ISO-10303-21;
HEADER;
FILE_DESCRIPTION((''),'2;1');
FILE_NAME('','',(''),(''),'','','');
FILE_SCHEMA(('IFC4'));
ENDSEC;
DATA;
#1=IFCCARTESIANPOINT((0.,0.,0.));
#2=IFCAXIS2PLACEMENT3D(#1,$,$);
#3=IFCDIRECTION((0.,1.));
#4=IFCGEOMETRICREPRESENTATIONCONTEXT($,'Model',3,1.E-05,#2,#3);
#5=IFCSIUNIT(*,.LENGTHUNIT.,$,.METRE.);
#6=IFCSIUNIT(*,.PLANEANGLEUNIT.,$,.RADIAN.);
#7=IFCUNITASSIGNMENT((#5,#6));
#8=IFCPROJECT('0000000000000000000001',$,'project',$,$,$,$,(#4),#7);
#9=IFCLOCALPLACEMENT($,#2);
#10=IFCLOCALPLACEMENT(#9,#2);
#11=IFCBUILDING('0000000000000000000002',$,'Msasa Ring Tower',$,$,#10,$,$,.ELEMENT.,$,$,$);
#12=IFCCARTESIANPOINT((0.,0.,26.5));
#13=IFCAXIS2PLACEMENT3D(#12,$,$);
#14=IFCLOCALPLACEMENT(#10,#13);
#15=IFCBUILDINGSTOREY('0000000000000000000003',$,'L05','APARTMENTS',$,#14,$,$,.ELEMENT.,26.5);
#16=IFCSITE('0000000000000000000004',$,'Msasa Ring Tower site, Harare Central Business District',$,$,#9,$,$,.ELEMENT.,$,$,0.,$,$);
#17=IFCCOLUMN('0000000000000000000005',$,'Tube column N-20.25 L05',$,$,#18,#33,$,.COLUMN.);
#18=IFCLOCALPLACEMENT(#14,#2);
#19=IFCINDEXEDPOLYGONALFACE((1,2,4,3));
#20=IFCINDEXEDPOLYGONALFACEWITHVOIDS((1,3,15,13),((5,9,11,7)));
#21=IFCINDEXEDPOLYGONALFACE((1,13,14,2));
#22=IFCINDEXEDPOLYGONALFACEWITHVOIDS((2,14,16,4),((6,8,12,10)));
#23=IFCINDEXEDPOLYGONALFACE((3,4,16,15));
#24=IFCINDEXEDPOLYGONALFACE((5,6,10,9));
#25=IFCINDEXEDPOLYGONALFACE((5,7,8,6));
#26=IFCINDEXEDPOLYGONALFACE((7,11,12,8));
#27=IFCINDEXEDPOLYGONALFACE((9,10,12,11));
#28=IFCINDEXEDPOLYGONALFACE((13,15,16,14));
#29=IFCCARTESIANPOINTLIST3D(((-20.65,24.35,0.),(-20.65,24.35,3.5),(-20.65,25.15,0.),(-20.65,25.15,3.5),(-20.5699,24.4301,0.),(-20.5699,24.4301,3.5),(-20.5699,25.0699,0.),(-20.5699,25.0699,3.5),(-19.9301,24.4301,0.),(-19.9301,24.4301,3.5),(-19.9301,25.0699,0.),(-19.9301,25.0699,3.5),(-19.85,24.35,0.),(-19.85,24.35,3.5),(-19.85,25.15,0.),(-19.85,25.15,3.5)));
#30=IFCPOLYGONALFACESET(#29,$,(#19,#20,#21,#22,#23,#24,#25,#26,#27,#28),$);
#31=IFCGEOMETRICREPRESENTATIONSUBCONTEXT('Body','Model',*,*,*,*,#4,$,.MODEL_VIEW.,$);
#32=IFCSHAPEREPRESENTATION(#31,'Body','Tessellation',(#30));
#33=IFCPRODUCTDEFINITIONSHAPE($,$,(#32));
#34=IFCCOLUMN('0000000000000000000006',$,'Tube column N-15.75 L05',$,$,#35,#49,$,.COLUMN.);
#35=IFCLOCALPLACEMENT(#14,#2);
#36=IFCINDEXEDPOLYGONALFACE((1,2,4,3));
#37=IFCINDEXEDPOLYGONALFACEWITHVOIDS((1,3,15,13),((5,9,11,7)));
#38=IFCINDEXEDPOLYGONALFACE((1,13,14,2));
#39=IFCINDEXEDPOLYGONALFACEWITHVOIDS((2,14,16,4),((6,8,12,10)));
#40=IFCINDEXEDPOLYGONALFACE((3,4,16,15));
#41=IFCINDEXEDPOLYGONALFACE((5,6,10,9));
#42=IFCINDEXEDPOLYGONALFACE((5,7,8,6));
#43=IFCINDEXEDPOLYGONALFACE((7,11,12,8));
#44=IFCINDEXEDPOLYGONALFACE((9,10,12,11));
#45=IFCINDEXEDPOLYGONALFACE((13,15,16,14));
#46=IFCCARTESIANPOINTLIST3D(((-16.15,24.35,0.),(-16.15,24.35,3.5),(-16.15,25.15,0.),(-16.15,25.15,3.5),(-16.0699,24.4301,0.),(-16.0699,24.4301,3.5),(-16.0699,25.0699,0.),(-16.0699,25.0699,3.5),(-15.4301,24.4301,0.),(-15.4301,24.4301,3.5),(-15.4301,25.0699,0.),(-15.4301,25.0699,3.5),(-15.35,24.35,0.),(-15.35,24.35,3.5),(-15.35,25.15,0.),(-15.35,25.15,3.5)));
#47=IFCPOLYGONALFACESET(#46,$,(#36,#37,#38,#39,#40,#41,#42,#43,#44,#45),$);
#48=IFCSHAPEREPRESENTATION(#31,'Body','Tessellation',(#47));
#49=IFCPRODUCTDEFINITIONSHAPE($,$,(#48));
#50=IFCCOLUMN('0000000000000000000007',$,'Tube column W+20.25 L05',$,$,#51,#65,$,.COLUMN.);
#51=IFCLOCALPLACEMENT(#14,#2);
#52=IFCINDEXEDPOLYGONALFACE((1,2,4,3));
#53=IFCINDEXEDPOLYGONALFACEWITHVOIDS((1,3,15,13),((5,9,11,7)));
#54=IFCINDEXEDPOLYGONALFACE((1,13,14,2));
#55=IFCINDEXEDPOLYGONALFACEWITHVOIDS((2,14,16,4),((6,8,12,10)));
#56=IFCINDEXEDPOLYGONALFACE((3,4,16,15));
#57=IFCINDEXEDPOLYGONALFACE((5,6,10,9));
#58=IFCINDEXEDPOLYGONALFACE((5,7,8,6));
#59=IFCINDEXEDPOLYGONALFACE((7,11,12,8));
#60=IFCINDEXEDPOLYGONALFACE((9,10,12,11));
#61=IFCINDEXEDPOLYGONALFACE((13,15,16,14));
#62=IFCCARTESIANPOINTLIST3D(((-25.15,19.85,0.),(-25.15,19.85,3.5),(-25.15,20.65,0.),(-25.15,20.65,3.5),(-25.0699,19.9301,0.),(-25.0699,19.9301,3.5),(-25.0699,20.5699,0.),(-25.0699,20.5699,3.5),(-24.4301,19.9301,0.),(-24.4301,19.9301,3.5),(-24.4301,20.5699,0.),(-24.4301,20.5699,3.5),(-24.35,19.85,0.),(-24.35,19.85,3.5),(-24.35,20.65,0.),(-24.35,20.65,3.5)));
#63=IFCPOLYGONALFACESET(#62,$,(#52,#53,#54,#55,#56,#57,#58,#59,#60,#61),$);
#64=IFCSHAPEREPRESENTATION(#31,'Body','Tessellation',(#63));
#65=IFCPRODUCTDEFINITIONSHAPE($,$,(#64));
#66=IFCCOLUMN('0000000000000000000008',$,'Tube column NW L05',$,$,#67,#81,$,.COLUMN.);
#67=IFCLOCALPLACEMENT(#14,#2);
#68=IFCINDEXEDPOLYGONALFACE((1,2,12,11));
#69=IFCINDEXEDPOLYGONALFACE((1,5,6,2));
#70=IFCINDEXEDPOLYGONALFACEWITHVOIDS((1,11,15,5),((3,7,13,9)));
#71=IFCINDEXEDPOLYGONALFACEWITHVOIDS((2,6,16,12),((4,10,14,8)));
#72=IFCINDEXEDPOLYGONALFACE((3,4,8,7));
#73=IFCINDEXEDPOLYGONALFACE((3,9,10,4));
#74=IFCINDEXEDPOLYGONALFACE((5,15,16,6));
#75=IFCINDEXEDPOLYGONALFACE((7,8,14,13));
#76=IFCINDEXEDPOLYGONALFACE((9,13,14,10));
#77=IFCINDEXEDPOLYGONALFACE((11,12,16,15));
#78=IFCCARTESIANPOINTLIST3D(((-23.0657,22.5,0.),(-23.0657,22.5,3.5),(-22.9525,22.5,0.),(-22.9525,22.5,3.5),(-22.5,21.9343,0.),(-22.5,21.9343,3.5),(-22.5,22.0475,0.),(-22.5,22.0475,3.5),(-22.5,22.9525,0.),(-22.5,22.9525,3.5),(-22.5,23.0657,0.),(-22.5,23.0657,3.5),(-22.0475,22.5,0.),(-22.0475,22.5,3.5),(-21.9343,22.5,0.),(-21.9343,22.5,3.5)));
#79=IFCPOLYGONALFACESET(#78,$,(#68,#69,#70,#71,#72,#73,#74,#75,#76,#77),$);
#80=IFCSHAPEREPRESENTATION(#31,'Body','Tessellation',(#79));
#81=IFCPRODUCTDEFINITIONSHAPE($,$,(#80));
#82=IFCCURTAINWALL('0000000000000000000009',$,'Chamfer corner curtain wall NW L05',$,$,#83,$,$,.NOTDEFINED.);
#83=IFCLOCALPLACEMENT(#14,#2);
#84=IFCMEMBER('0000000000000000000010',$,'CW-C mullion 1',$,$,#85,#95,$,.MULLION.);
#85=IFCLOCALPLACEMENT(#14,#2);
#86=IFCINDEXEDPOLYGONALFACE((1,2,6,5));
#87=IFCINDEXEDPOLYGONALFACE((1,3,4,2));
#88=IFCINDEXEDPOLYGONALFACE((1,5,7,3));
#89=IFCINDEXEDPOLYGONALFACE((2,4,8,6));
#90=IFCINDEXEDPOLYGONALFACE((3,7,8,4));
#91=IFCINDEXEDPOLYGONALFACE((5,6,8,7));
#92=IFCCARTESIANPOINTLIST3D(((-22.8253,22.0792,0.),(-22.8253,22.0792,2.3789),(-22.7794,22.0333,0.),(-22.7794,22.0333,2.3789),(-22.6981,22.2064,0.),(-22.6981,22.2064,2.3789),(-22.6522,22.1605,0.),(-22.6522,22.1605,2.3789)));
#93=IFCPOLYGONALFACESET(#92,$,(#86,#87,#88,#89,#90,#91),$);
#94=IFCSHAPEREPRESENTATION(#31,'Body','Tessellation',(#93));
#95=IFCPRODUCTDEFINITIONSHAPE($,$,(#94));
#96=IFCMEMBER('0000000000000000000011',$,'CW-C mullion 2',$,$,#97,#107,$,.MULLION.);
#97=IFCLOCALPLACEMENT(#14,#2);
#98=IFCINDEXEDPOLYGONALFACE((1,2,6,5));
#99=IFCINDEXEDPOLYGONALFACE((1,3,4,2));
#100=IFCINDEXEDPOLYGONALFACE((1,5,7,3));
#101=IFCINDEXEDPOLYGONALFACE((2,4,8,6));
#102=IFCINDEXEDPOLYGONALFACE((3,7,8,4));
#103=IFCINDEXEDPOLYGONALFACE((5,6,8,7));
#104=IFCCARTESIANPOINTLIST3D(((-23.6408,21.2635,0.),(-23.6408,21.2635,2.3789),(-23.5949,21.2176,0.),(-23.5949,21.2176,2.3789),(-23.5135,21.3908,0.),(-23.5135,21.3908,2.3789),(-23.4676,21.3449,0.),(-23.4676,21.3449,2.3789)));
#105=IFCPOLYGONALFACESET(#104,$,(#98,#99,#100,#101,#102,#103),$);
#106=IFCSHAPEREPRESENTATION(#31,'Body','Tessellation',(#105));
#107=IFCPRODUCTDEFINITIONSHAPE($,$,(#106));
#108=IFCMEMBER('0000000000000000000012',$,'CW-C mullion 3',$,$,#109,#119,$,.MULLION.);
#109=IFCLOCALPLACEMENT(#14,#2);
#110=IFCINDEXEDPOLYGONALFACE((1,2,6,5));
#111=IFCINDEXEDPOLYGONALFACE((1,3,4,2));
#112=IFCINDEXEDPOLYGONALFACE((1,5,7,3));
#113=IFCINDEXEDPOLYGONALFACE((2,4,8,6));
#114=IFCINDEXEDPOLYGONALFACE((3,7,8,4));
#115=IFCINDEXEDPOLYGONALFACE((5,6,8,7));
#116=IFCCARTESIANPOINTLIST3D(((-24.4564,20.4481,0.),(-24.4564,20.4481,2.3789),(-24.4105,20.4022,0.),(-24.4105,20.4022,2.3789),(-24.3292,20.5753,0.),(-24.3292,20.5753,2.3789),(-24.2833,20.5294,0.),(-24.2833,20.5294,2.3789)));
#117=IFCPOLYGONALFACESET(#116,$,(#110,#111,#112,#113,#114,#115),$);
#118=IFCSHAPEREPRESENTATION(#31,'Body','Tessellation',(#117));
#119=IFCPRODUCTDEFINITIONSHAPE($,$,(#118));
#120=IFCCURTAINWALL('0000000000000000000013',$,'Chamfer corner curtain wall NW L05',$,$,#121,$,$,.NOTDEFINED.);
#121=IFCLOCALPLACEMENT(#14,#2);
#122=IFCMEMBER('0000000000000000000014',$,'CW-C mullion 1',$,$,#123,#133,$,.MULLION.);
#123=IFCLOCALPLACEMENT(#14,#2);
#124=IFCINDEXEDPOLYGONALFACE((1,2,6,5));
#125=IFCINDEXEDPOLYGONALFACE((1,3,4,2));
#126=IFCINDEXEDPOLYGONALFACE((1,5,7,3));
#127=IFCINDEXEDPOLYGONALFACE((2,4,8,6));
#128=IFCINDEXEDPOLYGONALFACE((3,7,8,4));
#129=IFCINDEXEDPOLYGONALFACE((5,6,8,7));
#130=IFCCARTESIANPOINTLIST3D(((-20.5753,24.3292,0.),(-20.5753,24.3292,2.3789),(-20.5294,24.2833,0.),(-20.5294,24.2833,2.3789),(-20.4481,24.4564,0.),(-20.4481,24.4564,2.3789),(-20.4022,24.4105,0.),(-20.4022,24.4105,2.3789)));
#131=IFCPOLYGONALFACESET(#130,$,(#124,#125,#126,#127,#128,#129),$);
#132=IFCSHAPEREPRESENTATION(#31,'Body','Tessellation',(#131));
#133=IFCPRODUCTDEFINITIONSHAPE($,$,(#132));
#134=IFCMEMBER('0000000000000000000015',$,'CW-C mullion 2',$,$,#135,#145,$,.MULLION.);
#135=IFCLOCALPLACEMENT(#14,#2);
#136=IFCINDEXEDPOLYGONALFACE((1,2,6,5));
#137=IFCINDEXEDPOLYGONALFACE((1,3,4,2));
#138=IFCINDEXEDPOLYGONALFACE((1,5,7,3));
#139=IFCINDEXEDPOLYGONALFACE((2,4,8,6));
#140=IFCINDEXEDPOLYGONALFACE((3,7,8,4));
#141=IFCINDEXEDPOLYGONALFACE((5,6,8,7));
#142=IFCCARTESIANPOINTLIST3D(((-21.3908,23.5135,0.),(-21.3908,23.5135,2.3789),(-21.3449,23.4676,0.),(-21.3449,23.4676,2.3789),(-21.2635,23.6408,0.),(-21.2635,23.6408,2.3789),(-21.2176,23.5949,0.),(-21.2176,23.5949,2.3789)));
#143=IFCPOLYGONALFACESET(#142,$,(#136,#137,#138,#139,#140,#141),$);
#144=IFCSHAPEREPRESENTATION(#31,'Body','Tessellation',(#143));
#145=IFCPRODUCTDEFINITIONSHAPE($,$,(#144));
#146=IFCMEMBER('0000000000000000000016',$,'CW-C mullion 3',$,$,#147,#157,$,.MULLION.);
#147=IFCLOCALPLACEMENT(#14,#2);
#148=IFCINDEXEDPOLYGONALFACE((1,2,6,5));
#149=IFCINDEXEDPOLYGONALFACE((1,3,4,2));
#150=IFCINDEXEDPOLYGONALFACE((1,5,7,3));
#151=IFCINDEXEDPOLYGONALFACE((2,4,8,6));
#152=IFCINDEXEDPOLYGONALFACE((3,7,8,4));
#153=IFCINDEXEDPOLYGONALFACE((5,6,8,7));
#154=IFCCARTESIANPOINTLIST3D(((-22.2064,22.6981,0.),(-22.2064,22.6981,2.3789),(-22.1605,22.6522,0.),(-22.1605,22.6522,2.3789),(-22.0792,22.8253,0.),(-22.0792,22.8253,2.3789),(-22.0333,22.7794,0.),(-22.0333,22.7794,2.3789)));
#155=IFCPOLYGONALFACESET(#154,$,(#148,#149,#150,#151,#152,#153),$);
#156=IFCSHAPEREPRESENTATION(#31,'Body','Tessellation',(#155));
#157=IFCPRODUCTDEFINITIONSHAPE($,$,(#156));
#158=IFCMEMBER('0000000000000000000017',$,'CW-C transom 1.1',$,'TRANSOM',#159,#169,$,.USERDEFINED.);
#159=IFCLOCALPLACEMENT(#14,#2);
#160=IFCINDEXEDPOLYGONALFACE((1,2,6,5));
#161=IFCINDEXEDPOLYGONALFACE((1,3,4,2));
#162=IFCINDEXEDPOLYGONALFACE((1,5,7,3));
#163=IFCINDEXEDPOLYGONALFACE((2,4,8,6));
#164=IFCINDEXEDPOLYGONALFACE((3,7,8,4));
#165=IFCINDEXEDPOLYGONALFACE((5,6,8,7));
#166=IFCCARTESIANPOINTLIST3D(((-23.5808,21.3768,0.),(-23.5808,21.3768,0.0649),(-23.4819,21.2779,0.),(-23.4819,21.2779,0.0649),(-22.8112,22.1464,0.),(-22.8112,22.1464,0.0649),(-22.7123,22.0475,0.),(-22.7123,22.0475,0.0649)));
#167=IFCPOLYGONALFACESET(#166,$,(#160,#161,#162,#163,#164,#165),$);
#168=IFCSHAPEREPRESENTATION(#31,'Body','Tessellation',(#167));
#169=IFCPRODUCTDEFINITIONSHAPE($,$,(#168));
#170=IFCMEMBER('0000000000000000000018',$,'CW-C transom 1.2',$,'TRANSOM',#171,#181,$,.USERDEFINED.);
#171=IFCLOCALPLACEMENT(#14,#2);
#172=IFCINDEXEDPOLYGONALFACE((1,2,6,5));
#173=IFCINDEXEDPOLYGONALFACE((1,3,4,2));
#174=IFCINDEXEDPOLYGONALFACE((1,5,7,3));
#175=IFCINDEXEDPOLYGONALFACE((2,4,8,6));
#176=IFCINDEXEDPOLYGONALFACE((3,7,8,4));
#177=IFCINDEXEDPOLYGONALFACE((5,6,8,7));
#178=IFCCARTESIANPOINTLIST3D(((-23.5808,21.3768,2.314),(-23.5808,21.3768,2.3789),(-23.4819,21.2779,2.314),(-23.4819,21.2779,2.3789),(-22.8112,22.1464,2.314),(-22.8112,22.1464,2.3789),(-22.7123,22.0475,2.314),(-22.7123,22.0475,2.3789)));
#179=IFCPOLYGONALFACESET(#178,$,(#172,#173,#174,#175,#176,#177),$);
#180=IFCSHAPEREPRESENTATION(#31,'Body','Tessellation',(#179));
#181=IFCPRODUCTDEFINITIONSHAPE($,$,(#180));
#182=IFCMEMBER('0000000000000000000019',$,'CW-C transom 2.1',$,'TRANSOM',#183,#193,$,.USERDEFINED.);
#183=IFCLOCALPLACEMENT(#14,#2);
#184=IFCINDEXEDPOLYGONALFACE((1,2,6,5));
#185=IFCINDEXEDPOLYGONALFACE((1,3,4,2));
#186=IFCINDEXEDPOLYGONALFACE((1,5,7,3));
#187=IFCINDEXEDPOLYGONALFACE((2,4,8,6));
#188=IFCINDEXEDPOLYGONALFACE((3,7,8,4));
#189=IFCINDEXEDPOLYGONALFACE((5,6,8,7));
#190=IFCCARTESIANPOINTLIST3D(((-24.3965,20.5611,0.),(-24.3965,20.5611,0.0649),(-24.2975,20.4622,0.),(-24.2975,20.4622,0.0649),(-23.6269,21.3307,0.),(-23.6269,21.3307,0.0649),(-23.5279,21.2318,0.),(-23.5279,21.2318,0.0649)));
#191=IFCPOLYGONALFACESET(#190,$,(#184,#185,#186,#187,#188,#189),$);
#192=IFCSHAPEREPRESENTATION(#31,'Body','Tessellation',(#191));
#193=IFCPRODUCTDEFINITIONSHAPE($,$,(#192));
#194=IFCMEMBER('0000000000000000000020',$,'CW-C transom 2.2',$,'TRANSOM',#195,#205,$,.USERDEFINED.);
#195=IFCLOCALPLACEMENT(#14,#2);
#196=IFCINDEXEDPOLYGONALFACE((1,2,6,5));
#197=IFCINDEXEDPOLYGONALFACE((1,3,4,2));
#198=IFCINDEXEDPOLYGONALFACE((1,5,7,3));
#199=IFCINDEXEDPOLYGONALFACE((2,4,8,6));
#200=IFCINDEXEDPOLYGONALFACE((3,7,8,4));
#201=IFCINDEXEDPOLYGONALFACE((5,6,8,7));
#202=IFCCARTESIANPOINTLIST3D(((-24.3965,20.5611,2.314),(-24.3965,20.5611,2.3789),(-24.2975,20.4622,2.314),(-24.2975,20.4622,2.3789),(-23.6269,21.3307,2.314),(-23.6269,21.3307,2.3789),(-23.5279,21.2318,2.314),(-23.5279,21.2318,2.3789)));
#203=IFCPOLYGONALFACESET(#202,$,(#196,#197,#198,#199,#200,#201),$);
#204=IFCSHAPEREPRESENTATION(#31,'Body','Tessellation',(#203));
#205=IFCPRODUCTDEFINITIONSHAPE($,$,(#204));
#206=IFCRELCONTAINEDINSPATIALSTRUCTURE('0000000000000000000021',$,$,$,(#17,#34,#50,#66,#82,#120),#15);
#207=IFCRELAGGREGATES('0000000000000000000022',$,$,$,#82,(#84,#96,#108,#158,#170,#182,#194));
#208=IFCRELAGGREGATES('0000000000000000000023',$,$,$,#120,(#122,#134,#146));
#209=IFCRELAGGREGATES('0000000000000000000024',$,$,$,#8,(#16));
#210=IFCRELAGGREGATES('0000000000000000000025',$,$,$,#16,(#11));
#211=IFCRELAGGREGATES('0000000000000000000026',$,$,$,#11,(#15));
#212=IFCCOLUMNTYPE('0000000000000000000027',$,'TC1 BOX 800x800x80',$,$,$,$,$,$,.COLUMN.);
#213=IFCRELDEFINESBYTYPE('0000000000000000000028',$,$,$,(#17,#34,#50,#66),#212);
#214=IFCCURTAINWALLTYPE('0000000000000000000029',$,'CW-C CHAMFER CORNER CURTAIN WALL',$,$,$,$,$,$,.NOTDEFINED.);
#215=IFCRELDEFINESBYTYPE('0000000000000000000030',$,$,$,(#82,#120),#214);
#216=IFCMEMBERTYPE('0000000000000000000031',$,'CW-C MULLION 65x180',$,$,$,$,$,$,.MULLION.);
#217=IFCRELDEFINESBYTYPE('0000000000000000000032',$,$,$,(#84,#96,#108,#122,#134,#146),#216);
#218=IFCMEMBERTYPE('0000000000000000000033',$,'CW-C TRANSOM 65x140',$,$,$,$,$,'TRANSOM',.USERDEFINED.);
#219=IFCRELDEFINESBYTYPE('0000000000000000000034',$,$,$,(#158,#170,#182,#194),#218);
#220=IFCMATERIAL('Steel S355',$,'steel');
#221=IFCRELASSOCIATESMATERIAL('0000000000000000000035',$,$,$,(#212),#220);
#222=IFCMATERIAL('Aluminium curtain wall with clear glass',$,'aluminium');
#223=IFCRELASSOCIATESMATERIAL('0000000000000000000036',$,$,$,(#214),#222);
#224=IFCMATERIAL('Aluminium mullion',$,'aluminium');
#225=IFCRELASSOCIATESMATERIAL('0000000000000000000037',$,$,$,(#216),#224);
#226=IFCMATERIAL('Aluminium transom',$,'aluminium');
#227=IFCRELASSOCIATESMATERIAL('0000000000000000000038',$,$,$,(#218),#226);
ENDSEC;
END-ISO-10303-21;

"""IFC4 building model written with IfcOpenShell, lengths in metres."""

from ifc_helpers import new_model, si_unit, direction, frame, origin, origin_2d, place, context, subcontext, project, spatial, rectangle, hollow_rectangle, extrude, material, material_profile, profile_set, type_object, element, aggregate, save


model = new_model("IFC4")

# Units and contexts
model_context = context("Model", 3, precision=1e-05, world=origin(), true_north=direction((0.0, 1.0)))
body_context = subcontext(model_context, "Body", "Model", "MODEL_VIEW")
ifc_project = project(units=[si_unit("LENGTHUNIT", "METRE"), si_unit("PLANEANGLEUNIT", "RADIAN")], contexts=[model_context])

# Site, building, storey
site_placement = place(None, origin())
site = spatial("IfcSite", under=ifc_project, at=site_placement, Name="Msasa Ring Tower site, Harare Central Business District", CompositionType="ELEMENT", RefElevation=0.0)
building_placement = place(site_placement, origin())
building = spatial("IfcBuilding", under=site, at=building_placement, Name="Msasa Ring Tower", CompositionType="ELEMENT")
storey_placement = place(building_placement, frame((0.0, 0.0, 26.5)))
storey = spatial("IfcBuildingStorey", under=building, at=storey_placement, Name="L05", Description="APARTMENTS", CompositionType="ELEMENT", Elevation=26.5)

# Columns
ifc_material_1 = material(Name="Steel S355", Category="steel")
ifc_material_profile_1 = material_profile(ifc_material_1, hollow_rectangle(XDim=0.8, YDim=0.8, WallThickness=0.0801, at=origin_2d()), Name="BOX 800x800x80")
ifc_profile_set_1 = profile_set([ifc_material_profile_1], Name="Steel S355")
column_type = type_object("IfcColumnType", Name="TC1 BOX 800x800x80", PredefinedType="COLUMN", material=ifc_profile_set_1)
for number, where, z_axis, x_axis, name in (
    (1, (-20.25, 24.75, 0.0), (0.0, 0.0, 1.0), (0.0, 1.0, 0.0), "Tube column N-20.25 L05"),
    (2, (-15.75, 24.75, 0.0), (0.0, 0.0, 1.0), (0.0, 1.0, 0.0), "Tube column N-15.75 L05"),
    (3, (-24.75, 20.25, 0.0), (0.0, 0.0, 1.0), (1.0, 0.0, 0.0), "Tube column W+20.25 L05"),
    (4, (-22.5, 22.5, 0.0), (0.0, 0.0, 1.0), (0.707107, -0.707107, 0.0), "Tube column NW L05"),
):
    element("IfcColumn", number, at=place(storey_placement, frame(where, z_axis=z_axis, x_axis=x_axis)), inside=storey, type_object=column_type, Name=name, PredefinedType="COLUMN", context=body_context, shape_type="SweptSolid", body=[
        extrude(hollow_rectangle(XDim=0.8, YDim=0.8, WallThickness=0.0801, at=origin_2d()), origin(), (0.0, 0.0, 1.0), 3.5),
    ])

# Curtain walls, members
ifc_material_2 = material(Name="Aluminium curtain wall with clear glass", Category="aluminium")
curtain_wall_type = type_object("IfcCurtainWallType", Name="CW-C CHAMFER CORNER CURTAIN WALL", PredefinedType="NOTDEFINED", material=ifc_material_2)
curtain_wall_1_placement = place(storey_placement, origin())
curtain_wall_1 = element("IfcCurtainWall", 5, at=curtain_wall_1_placement, inside=storey, type_object=curtain_wall_type, Name="Chamfer corner curtain wall NW L05", PredefinedType="NOTDEFINED")
ifc_material_3 = material(Name="Aluminium mullion", Category="aluminium")
ifc_material_profile_2 = material_profile(ifc_material_3, rectangle(XDim=0.0649, YDim=0.1799, at=origin_2d()), Name="AL 65x180")
ifc_profile_set_2 = profile_set([ifc_material_profile_2], Name="Aluminium mullion")
member_type_1 = type_object("IfcMemberType", Name="CW-C MULLION 65x180", PredefinedType="MULLION", material=ifc_profile_set_2)
member_1_placement = place(storey_placement, frame((-22.7388, 22.1199, 0.0), z_axis=(0.0, 0.0, 1.0), x_axis=(0.707107, -0.707107, 0.0)))
member_1 = element("IfcMember", 6, at=member_1_placement, type_object=member_type_1, Name="CW-C mullion 1", PredefinedType="MULLION", context=body_context, shape_type="SweptSolid", body=[
    extrude(rectangle(XDim=0.0649, YDim=0.1799, at=origin_2d()), origin(), (0.0, 0.0, 1.0), 2.3789),
])
member_2_placement = place(storey_placement, frame((-23.5542, 21.3042, 0.0), z_axis=(0.0, 0.0, 1.0), x_axis=(0.707107, -0.707107, 0.0)))
member_2 = element("IfcMember", 7, at=member_2_placement, type_object=member_type_1, Name="CW-C mullion 2", PredefinedType="MULLION", context=body_context, shape_type="SweptSolid", body=[
    extrude(rectangle(XDim=0.0649, YDim=0.1799, at=origin_2d()), origin(), (0.0, 0.0, 1.0), 2.3789),
])
member_3_placement = place(storey_placement, frame((-24.3699, 20.4888, 0.0), z_axis=(0.0, 0.0, 1.0), x_axis=(0.707107, -0.707107, 0.0)))
member_3 = element("IfcMember", 8, at=member_3_placement, type_object=member_type_1, Name="CW-C mullion 3", PredefinedType="MULLION", context=body_context, shape_type="SweptSolid", body=[
    extrude(rectangle(XDim=0.0649, YDim=0.1799, at=origin_2d()), origin(), (0.0, 0.0, 1.0), 2.3789),
])
curtain_wall_2_placement = place(storey_placement, origin())
curtain_wall_2 = element("IfcCurtainWall", 9, at=curtain_wall_2_placement, inside=storey, type_object=curtain_wall_type, Name="Chamfer corner curtain wall NW L05", PredefinedType="NOTDEFINED")
member_4_placement = place(storey_placement, frame((-20.4888, 24.3699, 0.0), z_axis=(0.0, 0.0, 1.0), x_axis=(0.707107, -0.707107, 0.0)))
member_4 = element("IfcMember", 10, at=member_4_placement, type_object=member_type_1, Name="CW-C mullion 1", PredefinedType="MULLION", context=body_context, shape_type="SweptSolid", body=[
    extrude(rectangle(XDim=0.0649, YDim=0.1799, at=origin_2d()), origin(), (0.0, 0.0, 1.0), 2.3789),
])
member_5_placement = place(storey_placement, frame((-21.3042, 23.5542, 0.0), z_axis=(0.0, 0.0, 1.0), x_axis=(0.707107, -0.707107, 0.0)))
member_5 = element("IfcMember", 11, at=member_5_placement, type_object=member_type_1, Name="CW-C mullion 2", PredefinedType="MULLION", context=body_context, shape_type="SweptSolid", body=[
    extrude(rectangle(XDim=0.0649, YDim=0.1799, at=origin_2d()), origin(), (0.0, 0.0, 1.0), 2.3789),
])
member_6_placement = place(storey_placement, frame((-22.1199, 22.7388, 0.0), z_axis=(0.0, 0.0, 1.0), x_axis=(0.707107, -0.707107, 0.0)))
member_6 = element("IfcMember", 12, at=member_6_placement, type_object=member_type_1, Name="CW-C mullion 3", PredefinedType="MULLION", context=body_context, shape_type="SweptSolid", body=[
    extrude(rectangle(XDim=0.0649, YDim=0.1799, at=origin_2d()), origin(), (0.0, 0.0, 1.0), 2.3789),
])

# Members
ifc_material_4 = material(Name="Aluminium transom", Category="aluminium")
ifc_material_profile_3 = material_profile(ifc_material_4, rectangle(XDim=0.1399, YDim=0.0649, at=origin_2d()), Name="AL 65x140")
ifc_profile_set_3 = profile_set([ifc_material_profile_3], Name="Aluminium transom")
member_type_2 = type_object("IfcMemberType", Name="CW-C TRANSOM 65x140", ElementType="TRANSOM", PredefinedType="USERDEFINED", material=ifc_profile_set_3)
member_7_placement = place(storey_placement, frame((-22.7617, 22.0969, 0.0325), z_axis=(-0.707107, -0.707107, 0.0), x_axis=(0.707107, -0.707107, 0.0)))
member_7 = element("IfcMember", 13, at=member_7_placement, type_object=member_type_2, Name="CW-C transom 1.1", ObjectType="TRANSOM", PredefinedType="USERDEFINED", context=body_context, shape_type="SweptSolid", body=[
    extrude(rectangle(XDim=0.1399, YDim=0.0649, at=origin_2d()), origin(), (0.0, 0.0, 1.0), 1.0884),
])
member_8_placement = place(storey_placement, frame((-22.7617, 22.0969, 2.3464), z_axis=(-0.707107, -0.707107, 0.0), x_axis=(0.707107, -0.707107, 0.0)))
member_8 = element("IfcMember", 14, at=member_8_placement, type_object=member_type_2, Name="CW-C transom 1.2", ObjectType="TRANSOM", PredefinedType="USERDEFINED", context=body_context, shape_type="SweptSolid", body=[
    extrude(rectangle(XDim=0.1399, YDim=0.0649, at=origin_2d()), origin(), (0.0, 0.0, 1.0), 1.0884),
])
member_9_placement = place(storey_placement, frame((-23.5774, 21.2812, 0.0325), z_axis=(-0.707107, -0.707107, 0.0), x_axis=(0.707107, -0.707107, 0.0)))
member_9 = element("IfcMember", 15, at=member_9_placement, type_object=member_type_2, Name="CW-C transom 2.1", ObjectType="TRANSOM", PredefinedType="USERDEFINED", context=body_context, shape_type="SweptSolid", body=[
    extrude(rectangle(XDim=0.1399, YDim=0.0649, at=origin_2d()), origin(), (0.0, 0.0, 1.0), 1.0884),
])
member_10_placement = place(storey_placement, frame((-23.5774, 21.2812, 2.3464), z_axis=(-0.707107, -0.707107, 0.0), x_axis=(0.707107, -0.707107, 0.0)))
member_10 = element("IfcMember", 16, at=member_10_placement, type_object=member_type_2, Name="CW-C transom 2.2", ObjectType="TRANSOM", PredefinedType="USERDEFINED", context=body_context, shape_type="SweptSolid", body=[
    extrude(rectangle(XDim=0.1399, YDim=0.0649, at=origin_2d()), origin(), (0.0, 0.0, 1.0), 1.0884),
])

aggregate(curtain_wall_1, [member_1, member_2, member_3, member_7, member_8, member_9, member_10])
aggregate(curtain_wall_2, [member_4, member_5, member_6])

save(model, "model.ifc")
